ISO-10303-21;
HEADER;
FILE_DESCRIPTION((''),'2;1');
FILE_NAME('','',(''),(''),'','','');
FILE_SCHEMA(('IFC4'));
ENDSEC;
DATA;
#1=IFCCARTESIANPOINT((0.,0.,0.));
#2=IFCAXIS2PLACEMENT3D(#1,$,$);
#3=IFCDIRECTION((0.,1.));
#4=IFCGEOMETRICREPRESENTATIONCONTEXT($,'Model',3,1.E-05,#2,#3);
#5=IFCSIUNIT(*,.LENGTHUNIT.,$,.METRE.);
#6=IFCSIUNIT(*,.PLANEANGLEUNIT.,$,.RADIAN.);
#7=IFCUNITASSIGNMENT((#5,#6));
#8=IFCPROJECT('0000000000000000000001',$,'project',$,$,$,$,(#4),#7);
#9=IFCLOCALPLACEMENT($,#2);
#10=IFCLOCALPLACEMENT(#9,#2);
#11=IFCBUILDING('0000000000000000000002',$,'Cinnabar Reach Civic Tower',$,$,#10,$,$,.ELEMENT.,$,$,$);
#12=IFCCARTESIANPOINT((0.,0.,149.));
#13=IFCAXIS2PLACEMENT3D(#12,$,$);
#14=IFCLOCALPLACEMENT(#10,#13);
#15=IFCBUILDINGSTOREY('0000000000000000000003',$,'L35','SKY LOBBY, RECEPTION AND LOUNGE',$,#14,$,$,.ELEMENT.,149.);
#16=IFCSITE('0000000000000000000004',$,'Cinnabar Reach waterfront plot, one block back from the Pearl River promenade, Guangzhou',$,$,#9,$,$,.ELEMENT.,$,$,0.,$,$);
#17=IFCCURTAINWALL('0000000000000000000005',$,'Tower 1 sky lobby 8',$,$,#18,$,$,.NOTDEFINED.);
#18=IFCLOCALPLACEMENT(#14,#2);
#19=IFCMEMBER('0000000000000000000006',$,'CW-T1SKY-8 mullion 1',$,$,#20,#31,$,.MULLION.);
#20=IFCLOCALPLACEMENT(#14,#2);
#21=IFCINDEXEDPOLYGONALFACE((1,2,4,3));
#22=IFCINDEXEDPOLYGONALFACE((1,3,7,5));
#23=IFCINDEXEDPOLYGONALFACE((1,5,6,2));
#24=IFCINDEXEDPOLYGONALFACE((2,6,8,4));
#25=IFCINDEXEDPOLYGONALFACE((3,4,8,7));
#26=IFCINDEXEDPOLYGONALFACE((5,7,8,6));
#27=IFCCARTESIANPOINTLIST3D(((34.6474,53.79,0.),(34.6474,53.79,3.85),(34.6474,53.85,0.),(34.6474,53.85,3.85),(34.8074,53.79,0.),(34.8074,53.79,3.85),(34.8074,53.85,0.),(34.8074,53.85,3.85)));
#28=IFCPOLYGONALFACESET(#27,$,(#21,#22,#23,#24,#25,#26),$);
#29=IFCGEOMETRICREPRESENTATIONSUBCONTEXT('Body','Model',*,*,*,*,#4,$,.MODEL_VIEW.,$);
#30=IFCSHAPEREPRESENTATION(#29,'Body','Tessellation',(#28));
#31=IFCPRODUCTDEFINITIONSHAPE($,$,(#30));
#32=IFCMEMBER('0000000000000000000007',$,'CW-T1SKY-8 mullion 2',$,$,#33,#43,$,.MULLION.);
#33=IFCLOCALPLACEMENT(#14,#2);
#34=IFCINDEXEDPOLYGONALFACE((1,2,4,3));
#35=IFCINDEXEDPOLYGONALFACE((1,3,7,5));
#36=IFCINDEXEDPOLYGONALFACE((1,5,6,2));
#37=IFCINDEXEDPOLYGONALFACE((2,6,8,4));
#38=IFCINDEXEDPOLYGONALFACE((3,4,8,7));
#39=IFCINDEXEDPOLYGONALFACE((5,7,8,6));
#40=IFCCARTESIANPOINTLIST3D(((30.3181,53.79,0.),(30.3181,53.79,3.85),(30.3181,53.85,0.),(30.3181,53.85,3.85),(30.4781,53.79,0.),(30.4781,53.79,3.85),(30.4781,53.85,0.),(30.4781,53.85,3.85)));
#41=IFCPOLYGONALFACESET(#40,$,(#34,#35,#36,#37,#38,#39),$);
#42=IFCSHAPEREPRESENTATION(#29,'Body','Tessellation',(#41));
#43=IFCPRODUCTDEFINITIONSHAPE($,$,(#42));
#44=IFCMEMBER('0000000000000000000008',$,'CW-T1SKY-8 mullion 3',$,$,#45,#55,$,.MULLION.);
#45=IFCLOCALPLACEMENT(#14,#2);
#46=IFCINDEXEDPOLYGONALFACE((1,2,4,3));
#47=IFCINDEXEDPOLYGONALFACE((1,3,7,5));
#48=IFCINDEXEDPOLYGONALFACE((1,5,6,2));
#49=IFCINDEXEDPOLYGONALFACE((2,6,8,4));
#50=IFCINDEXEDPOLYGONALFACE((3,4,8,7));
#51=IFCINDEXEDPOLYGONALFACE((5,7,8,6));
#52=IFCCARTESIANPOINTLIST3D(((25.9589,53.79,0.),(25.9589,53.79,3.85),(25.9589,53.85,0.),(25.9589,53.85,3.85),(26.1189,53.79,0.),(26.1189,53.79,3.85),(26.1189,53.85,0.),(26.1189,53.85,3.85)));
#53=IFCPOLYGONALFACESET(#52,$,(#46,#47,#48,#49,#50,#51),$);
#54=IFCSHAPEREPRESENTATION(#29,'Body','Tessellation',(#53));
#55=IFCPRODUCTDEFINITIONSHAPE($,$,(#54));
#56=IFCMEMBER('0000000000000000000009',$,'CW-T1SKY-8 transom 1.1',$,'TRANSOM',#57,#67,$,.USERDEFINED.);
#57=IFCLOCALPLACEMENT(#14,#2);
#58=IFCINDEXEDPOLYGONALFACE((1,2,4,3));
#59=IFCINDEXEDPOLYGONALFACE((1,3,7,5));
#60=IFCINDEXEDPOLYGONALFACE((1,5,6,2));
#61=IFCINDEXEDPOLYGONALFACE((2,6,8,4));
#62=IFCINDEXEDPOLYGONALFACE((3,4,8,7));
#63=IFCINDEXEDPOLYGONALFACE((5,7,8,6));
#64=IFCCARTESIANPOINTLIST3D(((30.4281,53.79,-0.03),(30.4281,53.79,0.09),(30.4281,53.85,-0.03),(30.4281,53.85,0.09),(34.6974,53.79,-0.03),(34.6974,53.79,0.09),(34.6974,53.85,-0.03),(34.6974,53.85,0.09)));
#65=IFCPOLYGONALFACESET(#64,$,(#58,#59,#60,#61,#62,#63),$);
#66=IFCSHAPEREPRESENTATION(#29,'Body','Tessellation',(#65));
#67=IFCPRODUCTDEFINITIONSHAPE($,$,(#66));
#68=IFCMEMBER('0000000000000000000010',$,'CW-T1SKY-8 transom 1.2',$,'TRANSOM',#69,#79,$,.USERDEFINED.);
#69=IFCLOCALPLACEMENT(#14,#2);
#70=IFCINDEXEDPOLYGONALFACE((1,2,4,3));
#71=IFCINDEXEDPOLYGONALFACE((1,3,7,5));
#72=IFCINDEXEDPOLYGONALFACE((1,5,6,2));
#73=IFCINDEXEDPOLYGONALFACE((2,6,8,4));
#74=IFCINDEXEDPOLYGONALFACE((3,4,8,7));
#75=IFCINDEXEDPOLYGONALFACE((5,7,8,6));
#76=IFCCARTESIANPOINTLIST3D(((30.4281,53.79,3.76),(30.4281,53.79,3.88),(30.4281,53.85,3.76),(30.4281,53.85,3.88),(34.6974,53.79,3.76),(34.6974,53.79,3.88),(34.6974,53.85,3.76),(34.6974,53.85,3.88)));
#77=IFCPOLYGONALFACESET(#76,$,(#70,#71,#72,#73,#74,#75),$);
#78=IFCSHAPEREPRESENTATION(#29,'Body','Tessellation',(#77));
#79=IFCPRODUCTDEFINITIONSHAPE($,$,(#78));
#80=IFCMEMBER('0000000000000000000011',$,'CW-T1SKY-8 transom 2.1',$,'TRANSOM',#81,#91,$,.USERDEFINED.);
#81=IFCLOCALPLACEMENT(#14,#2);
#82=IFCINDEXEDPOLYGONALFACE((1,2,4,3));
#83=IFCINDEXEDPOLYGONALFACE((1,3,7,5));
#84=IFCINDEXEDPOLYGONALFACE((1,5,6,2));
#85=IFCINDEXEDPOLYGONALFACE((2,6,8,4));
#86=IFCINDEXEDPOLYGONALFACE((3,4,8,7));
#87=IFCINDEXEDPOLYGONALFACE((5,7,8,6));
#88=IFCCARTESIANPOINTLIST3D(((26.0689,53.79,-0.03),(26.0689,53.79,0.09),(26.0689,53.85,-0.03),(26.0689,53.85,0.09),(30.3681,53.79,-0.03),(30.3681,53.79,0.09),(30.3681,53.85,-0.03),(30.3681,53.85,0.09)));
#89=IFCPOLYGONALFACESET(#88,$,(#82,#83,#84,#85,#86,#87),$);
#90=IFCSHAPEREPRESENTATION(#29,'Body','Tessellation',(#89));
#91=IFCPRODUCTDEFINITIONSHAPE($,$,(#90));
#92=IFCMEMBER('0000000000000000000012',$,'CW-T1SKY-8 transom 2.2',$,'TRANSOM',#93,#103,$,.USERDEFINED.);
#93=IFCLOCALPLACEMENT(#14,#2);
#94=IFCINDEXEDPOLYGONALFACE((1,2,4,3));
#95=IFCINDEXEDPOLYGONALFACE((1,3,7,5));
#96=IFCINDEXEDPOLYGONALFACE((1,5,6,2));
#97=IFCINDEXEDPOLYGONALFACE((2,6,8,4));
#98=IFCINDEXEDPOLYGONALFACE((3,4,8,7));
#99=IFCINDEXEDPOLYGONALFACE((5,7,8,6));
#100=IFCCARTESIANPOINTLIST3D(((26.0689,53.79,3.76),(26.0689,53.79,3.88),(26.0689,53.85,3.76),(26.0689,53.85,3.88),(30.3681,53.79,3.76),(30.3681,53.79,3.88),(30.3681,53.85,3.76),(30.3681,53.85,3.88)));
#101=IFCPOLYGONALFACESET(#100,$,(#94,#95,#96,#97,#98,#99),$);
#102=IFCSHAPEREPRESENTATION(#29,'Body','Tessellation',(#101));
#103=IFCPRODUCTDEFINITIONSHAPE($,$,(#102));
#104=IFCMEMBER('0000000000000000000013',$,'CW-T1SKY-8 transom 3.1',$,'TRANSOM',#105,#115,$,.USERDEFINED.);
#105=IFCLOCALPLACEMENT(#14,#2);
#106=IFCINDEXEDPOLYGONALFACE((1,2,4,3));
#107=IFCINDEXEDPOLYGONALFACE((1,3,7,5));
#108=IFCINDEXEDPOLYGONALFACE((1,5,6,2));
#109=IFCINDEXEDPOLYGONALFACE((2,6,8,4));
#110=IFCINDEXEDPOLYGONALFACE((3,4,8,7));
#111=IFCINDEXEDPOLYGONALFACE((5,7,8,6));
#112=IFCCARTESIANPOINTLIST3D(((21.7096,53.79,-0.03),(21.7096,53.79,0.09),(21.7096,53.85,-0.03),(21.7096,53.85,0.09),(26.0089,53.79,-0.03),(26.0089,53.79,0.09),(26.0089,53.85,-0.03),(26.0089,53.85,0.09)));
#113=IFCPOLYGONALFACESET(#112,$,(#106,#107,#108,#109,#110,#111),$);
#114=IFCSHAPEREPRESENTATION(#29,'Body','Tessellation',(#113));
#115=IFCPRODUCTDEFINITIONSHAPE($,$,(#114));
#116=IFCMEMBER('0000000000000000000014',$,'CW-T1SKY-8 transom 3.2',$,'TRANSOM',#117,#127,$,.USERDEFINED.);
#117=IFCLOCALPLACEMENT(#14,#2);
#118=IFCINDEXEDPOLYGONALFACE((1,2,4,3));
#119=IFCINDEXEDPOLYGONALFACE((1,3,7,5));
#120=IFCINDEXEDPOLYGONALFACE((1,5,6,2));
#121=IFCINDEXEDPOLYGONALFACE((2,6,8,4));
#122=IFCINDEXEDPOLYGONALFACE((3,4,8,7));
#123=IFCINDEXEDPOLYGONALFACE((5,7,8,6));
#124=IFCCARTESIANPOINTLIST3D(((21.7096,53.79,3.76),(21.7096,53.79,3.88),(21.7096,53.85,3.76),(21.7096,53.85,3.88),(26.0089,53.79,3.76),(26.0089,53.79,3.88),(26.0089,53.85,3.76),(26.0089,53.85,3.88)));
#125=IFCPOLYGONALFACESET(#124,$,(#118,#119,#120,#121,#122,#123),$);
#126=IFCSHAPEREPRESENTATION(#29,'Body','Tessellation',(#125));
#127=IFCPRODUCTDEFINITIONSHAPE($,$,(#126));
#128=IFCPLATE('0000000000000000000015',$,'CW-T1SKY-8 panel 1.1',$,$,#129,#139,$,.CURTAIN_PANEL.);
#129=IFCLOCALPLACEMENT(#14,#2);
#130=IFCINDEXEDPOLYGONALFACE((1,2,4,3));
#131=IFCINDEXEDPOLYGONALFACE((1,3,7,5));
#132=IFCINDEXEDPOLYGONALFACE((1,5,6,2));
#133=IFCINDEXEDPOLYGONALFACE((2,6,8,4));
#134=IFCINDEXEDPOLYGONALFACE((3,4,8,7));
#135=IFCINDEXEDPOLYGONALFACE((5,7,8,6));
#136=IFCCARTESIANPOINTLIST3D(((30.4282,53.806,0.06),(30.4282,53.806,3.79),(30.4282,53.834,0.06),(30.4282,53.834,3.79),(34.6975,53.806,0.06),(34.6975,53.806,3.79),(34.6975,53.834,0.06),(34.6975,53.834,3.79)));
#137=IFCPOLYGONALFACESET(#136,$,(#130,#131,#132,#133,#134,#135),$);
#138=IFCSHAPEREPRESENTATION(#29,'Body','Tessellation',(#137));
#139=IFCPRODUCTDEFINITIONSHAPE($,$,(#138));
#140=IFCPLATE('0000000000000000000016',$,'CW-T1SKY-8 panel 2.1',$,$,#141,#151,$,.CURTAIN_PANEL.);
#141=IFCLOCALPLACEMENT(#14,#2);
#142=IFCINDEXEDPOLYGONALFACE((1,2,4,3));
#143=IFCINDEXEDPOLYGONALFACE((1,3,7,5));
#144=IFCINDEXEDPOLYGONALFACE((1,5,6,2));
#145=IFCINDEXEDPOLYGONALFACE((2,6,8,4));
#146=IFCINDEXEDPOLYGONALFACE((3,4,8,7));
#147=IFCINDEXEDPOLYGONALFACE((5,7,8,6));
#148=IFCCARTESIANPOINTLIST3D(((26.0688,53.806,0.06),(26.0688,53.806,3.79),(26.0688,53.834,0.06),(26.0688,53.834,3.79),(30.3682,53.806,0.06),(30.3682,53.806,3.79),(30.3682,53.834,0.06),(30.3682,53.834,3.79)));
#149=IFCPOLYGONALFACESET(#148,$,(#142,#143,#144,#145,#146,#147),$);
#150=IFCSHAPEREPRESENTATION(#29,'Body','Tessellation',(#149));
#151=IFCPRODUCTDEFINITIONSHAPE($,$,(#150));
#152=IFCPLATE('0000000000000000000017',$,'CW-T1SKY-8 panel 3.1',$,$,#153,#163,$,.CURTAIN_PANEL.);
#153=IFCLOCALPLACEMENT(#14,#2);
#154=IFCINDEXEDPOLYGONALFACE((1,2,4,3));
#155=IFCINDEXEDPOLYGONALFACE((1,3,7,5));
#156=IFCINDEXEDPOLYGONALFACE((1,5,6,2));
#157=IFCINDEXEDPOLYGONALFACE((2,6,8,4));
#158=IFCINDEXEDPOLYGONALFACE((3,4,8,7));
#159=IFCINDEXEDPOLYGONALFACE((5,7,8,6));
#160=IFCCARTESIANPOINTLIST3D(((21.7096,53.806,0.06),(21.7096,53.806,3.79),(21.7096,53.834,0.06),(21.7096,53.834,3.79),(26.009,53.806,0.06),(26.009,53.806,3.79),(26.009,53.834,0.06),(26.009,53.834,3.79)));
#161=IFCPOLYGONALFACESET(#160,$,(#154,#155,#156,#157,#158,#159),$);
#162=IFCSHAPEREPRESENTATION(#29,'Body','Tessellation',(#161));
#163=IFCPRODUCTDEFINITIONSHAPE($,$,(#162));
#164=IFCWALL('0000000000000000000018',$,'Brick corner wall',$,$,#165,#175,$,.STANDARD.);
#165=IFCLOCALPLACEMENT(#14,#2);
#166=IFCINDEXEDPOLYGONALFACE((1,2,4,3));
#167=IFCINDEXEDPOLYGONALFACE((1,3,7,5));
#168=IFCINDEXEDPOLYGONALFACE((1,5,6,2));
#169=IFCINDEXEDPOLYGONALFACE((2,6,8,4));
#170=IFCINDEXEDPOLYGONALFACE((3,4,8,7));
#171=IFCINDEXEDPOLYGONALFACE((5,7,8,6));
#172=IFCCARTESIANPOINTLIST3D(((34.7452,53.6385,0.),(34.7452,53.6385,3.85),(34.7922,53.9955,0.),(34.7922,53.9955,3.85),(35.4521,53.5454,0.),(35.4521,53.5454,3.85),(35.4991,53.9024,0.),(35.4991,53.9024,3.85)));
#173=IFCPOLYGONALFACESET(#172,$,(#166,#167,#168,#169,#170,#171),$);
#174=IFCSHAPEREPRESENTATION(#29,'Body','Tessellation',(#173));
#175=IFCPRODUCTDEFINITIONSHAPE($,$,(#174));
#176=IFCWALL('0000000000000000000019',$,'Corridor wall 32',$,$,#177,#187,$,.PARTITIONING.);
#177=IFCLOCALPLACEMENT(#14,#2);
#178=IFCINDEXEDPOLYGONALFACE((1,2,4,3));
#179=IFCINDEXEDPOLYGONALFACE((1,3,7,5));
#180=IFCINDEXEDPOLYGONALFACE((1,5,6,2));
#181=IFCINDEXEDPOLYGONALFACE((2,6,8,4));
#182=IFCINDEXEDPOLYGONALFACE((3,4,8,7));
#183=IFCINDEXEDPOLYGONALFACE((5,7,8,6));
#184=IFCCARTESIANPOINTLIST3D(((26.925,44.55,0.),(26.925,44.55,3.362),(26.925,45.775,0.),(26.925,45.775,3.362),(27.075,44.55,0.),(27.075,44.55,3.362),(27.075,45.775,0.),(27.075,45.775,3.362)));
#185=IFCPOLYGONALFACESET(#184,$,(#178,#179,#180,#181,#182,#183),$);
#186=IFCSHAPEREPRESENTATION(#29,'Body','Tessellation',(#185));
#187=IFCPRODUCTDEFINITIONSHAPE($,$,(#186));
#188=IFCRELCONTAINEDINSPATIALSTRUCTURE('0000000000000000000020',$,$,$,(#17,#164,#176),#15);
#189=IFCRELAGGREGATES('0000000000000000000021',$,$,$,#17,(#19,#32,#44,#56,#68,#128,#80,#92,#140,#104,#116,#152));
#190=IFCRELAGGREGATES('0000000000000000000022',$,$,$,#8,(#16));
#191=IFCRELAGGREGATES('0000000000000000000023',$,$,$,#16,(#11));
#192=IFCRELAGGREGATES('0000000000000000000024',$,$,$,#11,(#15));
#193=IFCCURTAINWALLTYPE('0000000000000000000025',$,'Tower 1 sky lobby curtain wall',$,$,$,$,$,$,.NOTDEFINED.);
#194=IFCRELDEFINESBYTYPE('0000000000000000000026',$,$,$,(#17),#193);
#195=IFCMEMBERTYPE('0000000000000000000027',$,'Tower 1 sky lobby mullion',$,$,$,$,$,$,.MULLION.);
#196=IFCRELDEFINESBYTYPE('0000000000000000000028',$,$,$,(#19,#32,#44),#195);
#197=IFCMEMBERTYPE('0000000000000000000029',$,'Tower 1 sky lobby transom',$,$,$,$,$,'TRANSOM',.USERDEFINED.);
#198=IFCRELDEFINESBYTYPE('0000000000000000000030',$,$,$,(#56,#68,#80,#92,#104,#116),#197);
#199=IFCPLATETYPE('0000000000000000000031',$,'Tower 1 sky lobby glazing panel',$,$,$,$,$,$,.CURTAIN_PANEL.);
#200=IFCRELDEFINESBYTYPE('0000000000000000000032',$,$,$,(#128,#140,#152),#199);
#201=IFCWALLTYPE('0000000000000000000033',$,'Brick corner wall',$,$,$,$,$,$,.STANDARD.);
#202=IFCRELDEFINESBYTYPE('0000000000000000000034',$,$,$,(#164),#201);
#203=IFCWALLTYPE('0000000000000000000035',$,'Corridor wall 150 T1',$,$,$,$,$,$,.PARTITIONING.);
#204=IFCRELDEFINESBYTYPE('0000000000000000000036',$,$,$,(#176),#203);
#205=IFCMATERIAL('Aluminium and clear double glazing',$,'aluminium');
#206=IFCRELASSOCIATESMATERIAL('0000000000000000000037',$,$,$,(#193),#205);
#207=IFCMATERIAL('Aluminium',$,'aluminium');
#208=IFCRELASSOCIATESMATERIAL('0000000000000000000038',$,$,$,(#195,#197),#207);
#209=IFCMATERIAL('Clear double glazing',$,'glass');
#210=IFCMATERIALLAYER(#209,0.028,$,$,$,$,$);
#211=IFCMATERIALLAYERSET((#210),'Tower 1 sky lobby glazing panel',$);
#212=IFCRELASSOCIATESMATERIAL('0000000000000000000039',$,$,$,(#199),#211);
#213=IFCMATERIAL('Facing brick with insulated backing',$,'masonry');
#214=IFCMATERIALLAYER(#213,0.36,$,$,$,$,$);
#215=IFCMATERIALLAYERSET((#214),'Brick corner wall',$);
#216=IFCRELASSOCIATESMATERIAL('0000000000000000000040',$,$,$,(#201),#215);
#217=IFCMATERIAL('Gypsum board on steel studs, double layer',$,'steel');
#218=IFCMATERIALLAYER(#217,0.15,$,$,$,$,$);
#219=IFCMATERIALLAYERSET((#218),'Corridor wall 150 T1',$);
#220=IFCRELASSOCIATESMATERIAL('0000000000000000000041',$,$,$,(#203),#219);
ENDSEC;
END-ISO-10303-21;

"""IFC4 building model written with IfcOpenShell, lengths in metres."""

from ifc_helpers import new_model, si_unit, direction, frame, frame_2d, origin, origin_2d, place, context, subcontext, project, spatial, rectangle, extrude, material, layer, layer_set, material_profile, profile_set, type_object, element, aggregate, save


model = new_model("IFC4")

# Units and contexts
model_context = context("Model", 3, precision=1e-05, world=origin(), true_north=direction((0.0, 1.0)))
body_context = subcontext(model_context, "Body", "Model", "MODEL_VIEW")
ifc_project = project(units=[si_unit("LENGTHUNIT", "METRE"), si_unit("PLANEANGLEUNIT", "RADIAN")], contexts=[model_context])

# Site, building, storey
site_placement = place(None, origin())
site = spatial("IfcSite", under=ifc_project, at=site_placement, Name="Cinnabar Reach waterfront plot, one block back from the Pearl River promenade, Guangzhou", CompositionType="ELEMENT", RefElevation=0.0)
building_placement = place(site_placement, origin())
building = spatial("IfcBuilding", under=site, at=building_placement, Name="Cinnabar Reach Civic Tower", CompositionType="ELEMENT")
storey_placement = place(building_placement, frame((0.0, 0.0, 149.0)))
storey = spatial("IfcBuildingStorey", under=building, at=storey_placement, Name="L35", Description="SKY LOBBY, RECEPTION AND LOUNGE", CompositionType="ELEMENT", Elevation=149.0)

# Curtain wall, members, plates
ifc_material_1 = material(Name="Aluminium and clear double glazing", Category="aluminium")
curtain_wall_type = type_object("IfcCurtainWallType", Name="Tower 1 sky lobby curtain wall", PredefinedType="NOTDEFINED", material=ifc_material_1)
curtain_wall_placement = place(storey_placement, origin())
curtain_wall = element("IfcCurtainWall", 1, at=curtain_wall_placement, inside=storey, type_object=curtain_wall_type, Name="Tower 1 sky lobby 8", PredefinedType="NOTDEFINED")
ifc_material_2 = material(Name="Aluminium", Category="aluminium")
ifc_material_profile_1 = material_profile(ifc_material_2, rectangle(XDim=0.06, YDim=0.16, at=origin_2d()), Name="Tower 1 sky lobby mullion")
ifc_profile_set_1 = profile_set([ifc_material_profile_1], Name="Aluminium")
member_type_1 = type_object("IfcMemberType", Name="Tower 1 sky lobby mullion", PredefinedType="MULLION", material=ifc_profile_set_1)
member_1_placement = place(storey_placement, frame((34.7274, 53.82, 0.0), z_axis=(0.0, 0.0, 1.0), x_axis=(0.0, -1.0, 0.0)))
member_1 = element("IfcMember", 2, at=member_1_placement, type_object=member_type_1, Name="CW-T1SKY-8 mullion 1", PredefinedType="MULLION", context=body_context, shape_type="SweptSolid", body=[
    extrude(rectangle(XDim=0.06, YDim=0.16, at=origin_2d()), origin(), (0.0, 0.0, 1.0), 3.85),
])
member_2_placement = place(storey_placement, frame((30.3981, 53.82, 0.0), z_axis=(0.0, 0.0, 1.0), x_axis=(0.0, -1.0, 0.0)))
member_2 = element("IfcMember", 3, at=member_2_placement, type_object=member_type_1, Name="CW-T1SKY-8 mullion 2", PredefinedType="MULLION", context=body_context, shape_type="SweptSolid", body=[
    extrude(rectangle(XDim=0.06, YDim=0.16, at=origin_2d()), origin(), (0.0, 0.0, 1.0), 3.85),
])
member_3_placement = place(storey_placement, frame((26.0389, 53.82, 0.0), z_axis=(0.0, 0.0, 1.0), x_axis=(0.0, -1.0, 0.0)))
member_3 = element("IfcMember", 4, at=member_3_placement, type_object=member_type_1, Name="CW-T1SKY-8 mullion 3", PredefinedType="MULLION", context=body_context, shape_type="SweptSolid", body=[
    extrude(rectangle(XDim=0.06, YDim=0.16, at=origin_2d()), origin(), (0.0, 0.0, 1.0), 3.85),
])
ifc_material_profile_2 = material_profile(ifc_material_2, rectangle(XDim=0.06, YDim=0.12, at=origin_2d()), Name="Tower 1 sky lobby transom")
ifc_profile_set_2 = profile_set([ifc_material_profile_2], Name="Aluminium")
member_type_2 = type_object("IfcMemberType", Name="Tower 1 sky lobby transom", ElementType="TRANSOM", PredefinedType="USERDEFINED", material=ifc_profile_set_2)
member_4_placement = place(storey_placement, frame((34.6974, 53.82, 0.03), z_axis=(-1.0, 0.0, 0.0), x_axis=(0.0, -1.0, 0.0)))
member_4 = element("IfcMember", 5, at=member_4_placement, type_object=member_type_2, Name="CW-T1SKY-8 transom 1.1", ObjectType="TRANSOM", PredefinedType="USERDEFINED", context=body_context, shape_type="SweptSolid", body=[
    extrude(rectangle(XDim=0.06, YDim=0.12, at=origin_2d()), origin(), (0.0, 0.0, 1.0), 4.2693),
])
member_5_placement = place(storey_placement, frame((34.6974, 53.82, 3.82), z_axis=(-1.0, 0.0, 0.0), x_axis=(0.0, -1.0, 0.0)))
member_5 = element("IfcMember", 6, at=member_5_placement, type_object=member_type_2, Name="CW-T1SKY-8 transom 1.2", ObjectType="TRANSOM", PredefinedType="USERDEFINED", context=body_context, shape_type="SweptSolid", body=[
    extrude(rectangle(XDim=0.06, YDim=0.12, at=origin_2d()), origin(), (0.0, 0.0, 1.0), 4.2693),
])
member_6_placement = place(storey_placement, frame((30.3681, 53.82, 0.03), z_axis=(-1.0, 0.0, 0.0), x_axis=(0.0, -1.0, 0.0)))
member_6 = element("IfcMember", 7, at=member_6_placement, type_object=member_type_2, Name="CW-T1SKY-8 transom 2.1", ObjectType="TRANSOM", PredefinedType="USERDEFINED", context=body_context, shape_type="SweptSolid", body=[
    extrude(rectangle(XDim=0.06, YDim=0.12, at=origin_2d()), origin(), (0.0, 0.0, 1.0), 4.2992),
])
member_7_placement = place(storey_placement, frame((30.3681, 53.82, 3.82), z_axis=(-1.0, 0.0, 0.0), x_axis=(0.0, -1.0, 0.0)))
member_7 = element("IfcMember", 8, at=member_7_placement, type_object=member_type_2, Name="CW-T1SKY-8 transom 2.2", ObjectType="TRANSOM", PredefinedType="USERDEFINED", context=body_context, shape_type="SweptSolid", body=[
    extrude(rectangle(XDim=0.06, YDim=0.12, at=origin_2d()), origin(), (0.0, 0.0, 1.0), 4.2992),
])
member_8_placement = place(storey_placement, frame((26.0089, 53.82, 0.03), z_axis=(-1.0, 0.0, 0.0), x_axis=(0.0, -1.0, 0.0)))
member_8 = element("IfcMember", 9, at=member_8_placement, type_object=member_type_2, Name="CW-T1SKY-8 transom 3.1", ObjectType="TRANSOM", PredefinedType="USERDEFINED", context=body_context, shape_type="SweptSolid", body=[
    extrude(rectangle(XDim=0.06, YDim=0.12, at=origin_2d()), origin(), (0.0, 0.0, 1.0), 4.2993),
])
member_9_placement = place(storey_placement, frame((26.0089, 53.82, 3.82), z_axis=(-1.0, 0.0, 0.0), x_axis=(0.0, -1.0, 0.0)))
member_9 = element("IfcMember", 10, at=member_9_placement, type_object=member_type_2, Name="CW-T1SKY-8 transom 3.2", ObjectType="TRANSOM", PredefinedType="USERDEFINED", context=body_context, shape_type="SweptSolid", body=[
    extrude(rectangle(XDim=0.06, YDim=0.12, at=origin_2d()), origin(), (0.0, 0.0, 1.0), 4.2993),
])
ifc_material_3 = material(Name="Clear double glazing", Category="glass")
ifc_layer_1 = layer(ifc_material_3, 0.028)
ifc_layer_set_1 = layer_set([ifc_layer_1], Name="Tower 1 sky lobby glazing panel")
plate_type = type_object("IfcPlateType", Name="Tower 1 sky lobby glazing panel", PredefinedType="CURTAIN_PANEL", material=ifc_layer_set_1)
plate_1_placement = place(storey_placement, frame((32.5628, 53.82, 0.06), z_axis=(0.0, 0.0, 1.0), x_axis=(-1.0, 0.0, 0.0)))
plate_1 = element("IfcPlate", 11, at=plate_1_placement, type_object=plate_type, Name="CW-T1SKY-8 panel 1.1", PredefinedType="CURTAIN_PANEL", context=body_context, shape_type="SweptSolid", body=[
    extrude(rectangle(XDim=4.2693, YDim=0.028, at=origin_2d()), origin(), (0.0, 0.0, 1.0), 3.73),
])
plate_2_placement = place(storey_placement, frame((28.2185, 53.82, 0.06), z_axis=(0.0, 0.0, 1.0), x_axis=(-1.0, 0.0, 0.0)))
plate_2 = element("IfcPlate", 12, at=plate_2_placement, type_object=plate_type, Name="CW-T1SKY-8 panel 2.1", PredefinedType="CURTAIN_PANEL", context=body_context, shape_type="SweptSolid", body=[
    extrude(rectangle(XDim=4.2993, YDim=0.028, at=origin_2d()), origin(), (0.0, 0.0, 1.0), 3.73),
])
plate_3_placement = place(storey_placement, frame((23.8593, 53.82, 0.06), z_axis=(0.0, 0.0, 1.0), x_axis=(-1.0, 0.0, 0.0)))
plate_3 = element("IfcPlate", 13, at=plate_3_placement, type_object=plate_type, Name="CW-T1SKY-8 panel 3.1", PredefinedType="CURTAIN_PANEL", context=body_context, shape_type="SweptSolid", body=[
    extrude(rectangle(XDim=4.2993, YDim=0.028, at=origin_2d()), origin(), (0.0, 0.0, 1.0), 3.73),
])
aggregate(curtain_wall, [member_1, member_2, member_3, member_4, member_5, plate_1, member_6, member_7, plate_2, member_8, member_9, plate_3])

# Walls
ifc_material_4 = material(Name="Facing brick with insulated backing", Category="masonry")
ifc_layer_2 = layer(ifc_material_4, 0.36)
ifc_layer_set_2 = layer_set([ifc_layer_2], Name="Brick corner wall")
wall_type_1 = type_object("IfcWallType", Name="Brick corner wall", PredefinedType="STANDARD", material=ifc_layer_set_2)
wall_1_placement = place(storey_placement, frame((35.4756, 53.7239, 0.0), z_axis=(0.0, 0.0, 1.0), x_axis=(-0.991441, 0.130556, 0.0)))
element("IfcWall", 14, at=wall_1_placement, inside=storey, type_object=wall_type_1, Name="Brick corner wall", PredefinedType="STANDARD", context=body_context, shape_type="SweptSolid", body=[
    extrude(rectangle(XDim=0.7131, YDim=0.36, at=frame_2d((0.3565, 0.0))), origin(), (0.0, 0.0, 1.0), 3.85),
])
ifc_material_5 = material(Name="Gypsum board on steel studs, double layer", Category="steel")
ifc_layer_3 = layer(ifc_material_5, 0.15)
ifc_layer_set_3 = layer_set([ifc_layer_3], Name="Corridor wall 150 T1")
wall_type_2 = type_object("IfcWallType", Name="Corridor wall 150 T1", PredefinedType="PARTITIONING", material=ifc_layer_set_3)
wall_2_placement = place(storey_placement, frame((27.0, 44.55, 0.0), z_axis=(0.0, 0.0, 1.0), x_axis=(0.0, 1.0, 0.0)))
element("IfcWall", 15, at=wall_2_placement, inside=storey, type_object=wall_type_2, Name="Corridor wall 32", PredefinedType="PARTITIONING", context=body_context, shape_type="SweptSolid", body=[
    extrude(rectangle(XDim=1.225, YDim=0.15, at=frame_2d((0.6125, 0.0))), origin(), (0.0, 0.0, 1.0), 3.362),
])

save(model, "model.ifc")
